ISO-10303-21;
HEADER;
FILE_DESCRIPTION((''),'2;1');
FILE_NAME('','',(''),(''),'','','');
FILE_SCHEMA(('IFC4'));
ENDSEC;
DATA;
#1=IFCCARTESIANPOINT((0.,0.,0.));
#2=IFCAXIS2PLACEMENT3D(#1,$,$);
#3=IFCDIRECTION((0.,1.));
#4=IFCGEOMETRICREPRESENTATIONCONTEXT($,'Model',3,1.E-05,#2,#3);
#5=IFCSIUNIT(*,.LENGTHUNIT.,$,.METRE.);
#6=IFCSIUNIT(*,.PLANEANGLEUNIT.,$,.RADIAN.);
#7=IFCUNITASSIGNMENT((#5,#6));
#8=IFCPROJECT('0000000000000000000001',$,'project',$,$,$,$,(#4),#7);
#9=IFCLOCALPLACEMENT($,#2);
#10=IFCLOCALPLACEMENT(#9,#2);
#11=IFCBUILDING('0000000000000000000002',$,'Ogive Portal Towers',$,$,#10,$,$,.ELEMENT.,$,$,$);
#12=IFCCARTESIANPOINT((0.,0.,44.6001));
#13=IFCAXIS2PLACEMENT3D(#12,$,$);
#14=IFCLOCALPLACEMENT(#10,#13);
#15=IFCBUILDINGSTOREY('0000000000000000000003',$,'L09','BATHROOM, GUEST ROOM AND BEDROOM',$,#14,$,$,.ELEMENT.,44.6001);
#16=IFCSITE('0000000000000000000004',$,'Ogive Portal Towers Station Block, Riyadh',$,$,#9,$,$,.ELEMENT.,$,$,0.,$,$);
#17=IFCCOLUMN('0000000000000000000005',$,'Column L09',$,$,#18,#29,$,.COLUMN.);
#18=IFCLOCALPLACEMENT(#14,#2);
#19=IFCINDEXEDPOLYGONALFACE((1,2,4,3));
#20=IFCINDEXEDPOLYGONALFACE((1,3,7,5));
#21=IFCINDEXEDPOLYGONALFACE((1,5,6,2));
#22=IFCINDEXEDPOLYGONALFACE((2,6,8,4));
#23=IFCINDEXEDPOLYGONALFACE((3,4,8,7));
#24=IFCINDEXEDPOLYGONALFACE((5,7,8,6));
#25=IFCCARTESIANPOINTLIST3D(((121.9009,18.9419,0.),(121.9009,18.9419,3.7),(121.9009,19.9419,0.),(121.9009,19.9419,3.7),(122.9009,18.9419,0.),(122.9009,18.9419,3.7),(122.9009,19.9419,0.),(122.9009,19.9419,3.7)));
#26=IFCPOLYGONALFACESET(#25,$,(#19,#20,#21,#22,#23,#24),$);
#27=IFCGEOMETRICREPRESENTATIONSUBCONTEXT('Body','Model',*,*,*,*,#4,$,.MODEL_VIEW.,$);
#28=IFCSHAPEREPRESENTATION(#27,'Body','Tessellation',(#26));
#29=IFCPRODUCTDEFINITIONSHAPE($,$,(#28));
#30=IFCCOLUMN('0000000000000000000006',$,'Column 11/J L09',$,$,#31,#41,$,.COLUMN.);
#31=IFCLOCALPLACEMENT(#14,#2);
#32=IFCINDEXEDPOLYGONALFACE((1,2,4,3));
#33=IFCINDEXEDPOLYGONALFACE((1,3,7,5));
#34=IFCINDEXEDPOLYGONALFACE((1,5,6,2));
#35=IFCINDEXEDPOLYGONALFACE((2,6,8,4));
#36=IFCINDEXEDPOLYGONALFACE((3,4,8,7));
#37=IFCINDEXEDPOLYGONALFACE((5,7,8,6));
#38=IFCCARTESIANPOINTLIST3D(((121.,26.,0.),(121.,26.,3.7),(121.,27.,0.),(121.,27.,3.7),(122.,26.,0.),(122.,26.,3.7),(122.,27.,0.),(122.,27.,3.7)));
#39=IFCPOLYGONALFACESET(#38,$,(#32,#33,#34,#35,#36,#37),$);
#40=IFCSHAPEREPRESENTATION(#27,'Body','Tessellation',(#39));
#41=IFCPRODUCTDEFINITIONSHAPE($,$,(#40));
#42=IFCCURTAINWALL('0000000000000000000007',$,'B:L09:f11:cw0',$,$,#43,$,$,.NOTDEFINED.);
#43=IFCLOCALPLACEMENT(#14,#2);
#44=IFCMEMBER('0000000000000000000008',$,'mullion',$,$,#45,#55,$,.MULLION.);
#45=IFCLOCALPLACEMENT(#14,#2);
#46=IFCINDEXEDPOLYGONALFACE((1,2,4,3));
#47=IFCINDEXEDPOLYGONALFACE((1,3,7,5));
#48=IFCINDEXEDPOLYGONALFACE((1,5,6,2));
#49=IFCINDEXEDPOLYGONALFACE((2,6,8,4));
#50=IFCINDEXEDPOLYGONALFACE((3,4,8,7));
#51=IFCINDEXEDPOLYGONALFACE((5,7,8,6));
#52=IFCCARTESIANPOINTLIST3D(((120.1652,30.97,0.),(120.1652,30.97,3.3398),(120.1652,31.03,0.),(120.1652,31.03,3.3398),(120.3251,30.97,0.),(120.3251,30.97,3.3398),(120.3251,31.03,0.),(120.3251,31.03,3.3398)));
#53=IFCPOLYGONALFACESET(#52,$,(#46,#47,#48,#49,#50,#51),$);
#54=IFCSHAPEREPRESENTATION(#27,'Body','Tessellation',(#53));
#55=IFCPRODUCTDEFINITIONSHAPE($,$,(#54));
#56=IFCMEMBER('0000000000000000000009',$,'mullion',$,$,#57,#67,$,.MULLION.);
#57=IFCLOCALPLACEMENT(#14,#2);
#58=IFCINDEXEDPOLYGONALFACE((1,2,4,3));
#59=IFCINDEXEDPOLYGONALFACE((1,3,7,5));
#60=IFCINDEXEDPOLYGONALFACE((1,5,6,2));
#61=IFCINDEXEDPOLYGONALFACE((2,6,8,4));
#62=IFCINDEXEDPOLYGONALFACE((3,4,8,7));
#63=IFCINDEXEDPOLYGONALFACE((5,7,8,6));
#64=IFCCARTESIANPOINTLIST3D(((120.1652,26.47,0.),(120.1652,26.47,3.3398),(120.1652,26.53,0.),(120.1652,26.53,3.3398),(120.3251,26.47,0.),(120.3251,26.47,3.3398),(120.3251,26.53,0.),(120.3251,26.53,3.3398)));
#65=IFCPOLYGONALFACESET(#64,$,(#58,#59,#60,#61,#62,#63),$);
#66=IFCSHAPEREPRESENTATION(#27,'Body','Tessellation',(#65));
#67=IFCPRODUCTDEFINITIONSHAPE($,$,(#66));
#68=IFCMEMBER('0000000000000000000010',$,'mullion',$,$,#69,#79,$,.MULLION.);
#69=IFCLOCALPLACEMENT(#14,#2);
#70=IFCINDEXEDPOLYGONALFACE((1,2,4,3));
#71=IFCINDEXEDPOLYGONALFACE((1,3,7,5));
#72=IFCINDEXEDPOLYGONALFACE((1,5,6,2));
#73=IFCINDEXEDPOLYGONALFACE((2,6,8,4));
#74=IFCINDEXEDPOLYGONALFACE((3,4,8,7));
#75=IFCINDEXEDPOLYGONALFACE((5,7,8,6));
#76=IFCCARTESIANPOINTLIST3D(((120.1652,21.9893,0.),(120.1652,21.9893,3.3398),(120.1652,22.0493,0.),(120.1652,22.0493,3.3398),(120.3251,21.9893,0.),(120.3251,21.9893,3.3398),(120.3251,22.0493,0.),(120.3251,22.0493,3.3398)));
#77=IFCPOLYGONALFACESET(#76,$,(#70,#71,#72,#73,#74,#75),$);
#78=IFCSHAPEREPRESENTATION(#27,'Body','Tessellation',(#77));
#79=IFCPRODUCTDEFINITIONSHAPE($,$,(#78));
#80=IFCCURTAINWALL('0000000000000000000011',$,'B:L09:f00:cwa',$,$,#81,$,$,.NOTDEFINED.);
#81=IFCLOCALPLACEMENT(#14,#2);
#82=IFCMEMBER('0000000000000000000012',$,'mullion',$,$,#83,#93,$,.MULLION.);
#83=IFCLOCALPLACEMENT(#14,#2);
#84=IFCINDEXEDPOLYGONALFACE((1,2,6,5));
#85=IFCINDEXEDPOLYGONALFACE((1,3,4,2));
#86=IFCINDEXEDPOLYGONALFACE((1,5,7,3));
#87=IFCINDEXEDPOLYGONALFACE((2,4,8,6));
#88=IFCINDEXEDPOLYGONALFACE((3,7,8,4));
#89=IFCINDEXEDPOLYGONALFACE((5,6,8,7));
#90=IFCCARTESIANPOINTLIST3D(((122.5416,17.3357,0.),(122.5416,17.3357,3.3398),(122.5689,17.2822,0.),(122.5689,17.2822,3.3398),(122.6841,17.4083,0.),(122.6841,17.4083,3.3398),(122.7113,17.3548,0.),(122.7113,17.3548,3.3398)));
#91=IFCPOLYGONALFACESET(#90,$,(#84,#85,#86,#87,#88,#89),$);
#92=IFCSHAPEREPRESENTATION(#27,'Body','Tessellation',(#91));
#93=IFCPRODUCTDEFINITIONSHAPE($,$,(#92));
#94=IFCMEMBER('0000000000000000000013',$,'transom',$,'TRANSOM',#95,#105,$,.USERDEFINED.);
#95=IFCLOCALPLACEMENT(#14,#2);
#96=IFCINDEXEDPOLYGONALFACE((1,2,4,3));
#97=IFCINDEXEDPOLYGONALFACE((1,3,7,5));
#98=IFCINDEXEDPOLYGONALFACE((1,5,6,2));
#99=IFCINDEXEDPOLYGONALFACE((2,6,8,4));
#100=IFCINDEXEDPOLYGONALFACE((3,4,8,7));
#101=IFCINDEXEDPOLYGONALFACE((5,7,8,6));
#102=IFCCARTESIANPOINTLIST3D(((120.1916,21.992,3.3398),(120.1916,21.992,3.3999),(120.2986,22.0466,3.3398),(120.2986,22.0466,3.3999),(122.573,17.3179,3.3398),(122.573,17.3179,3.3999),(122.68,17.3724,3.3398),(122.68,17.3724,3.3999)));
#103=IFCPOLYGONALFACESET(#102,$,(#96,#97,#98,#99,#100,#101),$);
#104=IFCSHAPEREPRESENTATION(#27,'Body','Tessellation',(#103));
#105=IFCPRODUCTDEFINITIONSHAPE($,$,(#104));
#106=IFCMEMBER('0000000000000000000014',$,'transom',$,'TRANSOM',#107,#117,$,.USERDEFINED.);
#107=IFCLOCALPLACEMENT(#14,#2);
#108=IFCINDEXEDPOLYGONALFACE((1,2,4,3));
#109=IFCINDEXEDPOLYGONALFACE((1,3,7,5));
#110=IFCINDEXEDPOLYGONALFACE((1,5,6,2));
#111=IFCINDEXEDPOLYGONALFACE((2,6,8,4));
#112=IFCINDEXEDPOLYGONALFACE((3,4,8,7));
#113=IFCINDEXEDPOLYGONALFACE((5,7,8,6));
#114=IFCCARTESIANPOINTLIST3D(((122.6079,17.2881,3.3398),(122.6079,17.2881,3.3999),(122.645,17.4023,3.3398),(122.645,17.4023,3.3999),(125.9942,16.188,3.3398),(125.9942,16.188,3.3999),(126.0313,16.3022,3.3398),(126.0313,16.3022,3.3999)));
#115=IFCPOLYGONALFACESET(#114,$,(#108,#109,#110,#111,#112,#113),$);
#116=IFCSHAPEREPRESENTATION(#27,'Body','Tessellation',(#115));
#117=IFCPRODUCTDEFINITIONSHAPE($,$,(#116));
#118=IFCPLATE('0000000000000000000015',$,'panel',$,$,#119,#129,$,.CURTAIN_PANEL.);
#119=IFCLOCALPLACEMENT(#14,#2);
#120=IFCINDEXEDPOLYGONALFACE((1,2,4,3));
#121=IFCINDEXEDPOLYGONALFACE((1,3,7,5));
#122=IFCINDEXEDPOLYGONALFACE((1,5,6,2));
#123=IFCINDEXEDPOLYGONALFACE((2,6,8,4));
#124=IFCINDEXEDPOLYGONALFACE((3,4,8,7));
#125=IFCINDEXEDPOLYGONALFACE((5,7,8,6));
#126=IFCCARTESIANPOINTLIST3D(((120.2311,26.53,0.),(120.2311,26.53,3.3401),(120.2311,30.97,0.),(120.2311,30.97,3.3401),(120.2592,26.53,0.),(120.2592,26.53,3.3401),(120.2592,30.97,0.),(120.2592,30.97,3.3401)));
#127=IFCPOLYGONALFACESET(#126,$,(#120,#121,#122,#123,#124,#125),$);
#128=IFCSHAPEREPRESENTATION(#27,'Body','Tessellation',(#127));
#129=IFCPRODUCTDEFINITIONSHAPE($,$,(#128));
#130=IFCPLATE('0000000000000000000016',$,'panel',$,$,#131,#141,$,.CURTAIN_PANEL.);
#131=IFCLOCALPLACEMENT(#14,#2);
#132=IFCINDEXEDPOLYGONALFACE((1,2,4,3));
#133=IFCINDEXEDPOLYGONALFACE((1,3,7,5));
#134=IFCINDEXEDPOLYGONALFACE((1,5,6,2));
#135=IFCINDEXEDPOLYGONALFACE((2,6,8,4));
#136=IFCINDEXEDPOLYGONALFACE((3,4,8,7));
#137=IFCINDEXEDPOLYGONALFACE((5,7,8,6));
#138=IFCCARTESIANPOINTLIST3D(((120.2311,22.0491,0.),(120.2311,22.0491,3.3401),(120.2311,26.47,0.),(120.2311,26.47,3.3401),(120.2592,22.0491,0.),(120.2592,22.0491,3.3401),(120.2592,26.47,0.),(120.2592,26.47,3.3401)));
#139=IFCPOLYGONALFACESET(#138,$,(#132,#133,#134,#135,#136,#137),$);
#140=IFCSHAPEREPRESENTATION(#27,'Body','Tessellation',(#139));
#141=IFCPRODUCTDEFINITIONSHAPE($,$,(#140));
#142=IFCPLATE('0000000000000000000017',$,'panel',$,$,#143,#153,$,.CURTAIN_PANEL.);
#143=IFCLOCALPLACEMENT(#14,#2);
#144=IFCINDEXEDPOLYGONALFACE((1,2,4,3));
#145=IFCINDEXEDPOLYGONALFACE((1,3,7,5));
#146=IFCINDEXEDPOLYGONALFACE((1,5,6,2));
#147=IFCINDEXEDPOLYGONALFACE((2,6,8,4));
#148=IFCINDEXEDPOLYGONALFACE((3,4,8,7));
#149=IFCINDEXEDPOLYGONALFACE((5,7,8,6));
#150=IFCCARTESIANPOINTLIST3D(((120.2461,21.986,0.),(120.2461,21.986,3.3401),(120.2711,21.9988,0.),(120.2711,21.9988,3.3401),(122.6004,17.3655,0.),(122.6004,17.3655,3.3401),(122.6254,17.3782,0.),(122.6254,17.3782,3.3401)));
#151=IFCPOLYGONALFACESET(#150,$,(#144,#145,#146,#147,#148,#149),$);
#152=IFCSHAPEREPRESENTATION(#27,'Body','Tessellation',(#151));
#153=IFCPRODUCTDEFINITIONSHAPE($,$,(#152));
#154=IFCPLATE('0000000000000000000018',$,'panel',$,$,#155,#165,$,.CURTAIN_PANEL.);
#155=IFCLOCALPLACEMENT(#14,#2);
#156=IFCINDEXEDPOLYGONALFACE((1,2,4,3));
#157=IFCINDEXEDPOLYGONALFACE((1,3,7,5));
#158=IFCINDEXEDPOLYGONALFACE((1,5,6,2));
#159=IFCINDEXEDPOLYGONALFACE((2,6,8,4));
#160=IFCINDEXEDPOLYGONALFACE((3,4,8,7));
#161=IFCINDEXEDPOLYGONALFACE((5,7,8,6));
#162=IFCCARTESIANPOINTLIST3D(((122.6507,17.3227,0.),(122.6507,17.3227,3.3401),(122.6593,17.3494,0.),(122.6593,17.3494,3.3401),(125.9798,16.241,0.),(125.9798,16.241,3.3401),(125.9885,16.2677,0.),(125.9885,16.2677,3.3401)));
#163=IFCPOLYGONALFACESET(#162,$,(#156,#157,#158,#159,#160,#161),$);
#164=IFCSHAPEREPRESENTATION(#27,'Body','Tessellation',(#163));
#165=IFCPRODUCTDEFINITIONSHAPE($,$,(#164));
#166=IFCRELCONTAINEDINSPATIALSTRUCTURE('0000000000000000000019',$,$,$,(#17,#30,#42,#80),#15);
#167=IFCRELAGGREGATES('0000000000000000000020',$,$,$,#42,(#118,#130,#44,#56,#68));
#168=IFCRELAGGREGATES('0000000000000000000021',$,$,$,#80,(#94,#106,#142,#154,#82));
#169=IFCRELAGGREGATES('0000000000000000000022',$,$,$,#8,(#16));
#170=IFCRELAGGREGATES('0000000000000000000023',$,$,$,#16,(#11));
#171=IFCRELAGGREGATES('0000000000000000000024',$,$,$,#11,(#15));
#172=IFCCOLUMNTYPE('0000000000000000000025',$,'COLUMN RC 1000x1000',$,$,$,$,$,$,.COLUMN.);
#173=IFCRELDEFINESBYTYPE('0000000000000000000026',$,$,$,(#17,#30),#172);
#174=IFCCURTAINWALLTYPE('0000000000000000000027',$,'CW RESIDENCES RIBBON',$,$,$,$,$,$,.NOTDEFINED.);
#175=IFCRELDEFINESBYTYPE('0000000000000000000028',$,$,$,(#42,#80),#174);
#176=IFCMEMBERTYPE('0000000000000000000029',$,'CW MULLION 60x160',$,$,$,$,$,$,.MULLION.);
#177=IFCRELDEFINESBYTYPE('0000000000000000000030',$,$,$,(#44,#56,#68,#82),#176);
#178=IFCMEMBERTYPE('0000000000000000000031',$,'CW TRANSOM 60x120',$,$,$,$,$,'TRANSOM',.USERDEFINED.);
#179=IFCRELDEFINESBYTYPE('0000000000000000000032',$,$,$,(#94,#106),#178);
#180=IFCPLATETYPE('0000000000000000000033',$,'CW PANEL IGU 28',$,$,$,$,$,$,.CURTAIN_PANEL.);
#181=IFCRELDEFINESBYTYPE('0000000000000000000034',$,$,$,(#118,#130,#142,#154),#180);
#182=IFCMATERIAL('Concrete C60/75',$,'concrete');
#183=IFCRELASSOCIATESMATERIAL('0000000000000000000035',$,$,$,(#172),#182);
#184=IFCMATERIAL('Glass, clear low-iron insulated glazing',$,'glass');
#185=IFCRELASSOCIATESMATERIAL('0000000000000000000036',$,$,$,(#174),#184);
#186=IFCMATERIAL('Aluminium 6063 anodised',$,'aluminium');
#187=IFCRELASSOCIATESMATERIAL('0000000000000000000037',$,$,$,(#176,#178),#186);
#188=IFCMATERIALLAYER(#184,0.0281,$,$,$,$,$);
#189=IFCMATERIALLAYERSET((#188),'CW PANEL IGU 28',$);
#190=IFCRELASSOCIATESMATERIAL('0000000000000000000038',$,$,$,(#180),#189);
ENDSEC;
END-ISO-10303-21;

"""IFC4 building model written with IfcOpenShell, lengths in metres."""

from ifc_helpers import new_model, si_unit, direction, frame, origin, origin_2d, place, context, subcontext, project, spatial, rectangle, extrude, material, layer, layer_set, material_profile, profile_set, type_object, element, aggregate, save


model = new_model("IFC4")

# Units and contexts
model_context = context("Model", 3, precision=1e-05, world=origin(), true_north=direction((0.0, 1.0)))
body_context = subcontext(model_context, "Body", "Model", "MODEL_VIEW")
ifc_project = project(units=[si_unit("LENGTHUNIT", "METRE"), si_unit("PLANEANGLEUNIT", "RADIAN")], contexts=[model_context])

# Site, building, storey
site_placement = place(None, origin())
site = spatial("IfcSite", under=ifc_project, at=site_placement, Name="Ogive Portal Towers Station Block, Riyadh", CompositionType="ELEMENT", RefElevation=0.0)
building_placement = place(site_placement, origin())
building = spatial("IfcBuilding", under=site, at=building_placement, Name="Ogive Portal Towers", CompositionType="ELEMENT")
storey_placement = place(building_placement, frame((0.0, 0.0, 44.6001)))
storey = spatial("IfcBuildingStorey", under=building, at=storey_placement, Name="L09", Description="BATHROOM, GUEST ROOM AND BEDROOM", CompositionType="ELEMENT", Elevation=44.6001)

# Columns
ifc_material_1 = material(Name="Concrete C60/75", Category="concrete")
ifc_material_profile_1 = material_profile(ifc_material_1, rectangle(XDim=1.0, YDim=1.0, at=origin_2d()), Name="RC 1000x1000")
ifc_profile_set_1 = profile_set([ifc_material_profile_1], Name="Concrete C60/75")
column_type = type_object("IfcColumnType", Name="COLUMN RC 1000x1000", PredefinedType="COLUMN", material=ifc_profile_set_1)
for number, where, z_axis, x_axis, name in (
    (1, (122.4009, 19.4419, 0.0), (0.0, 0.0, 1.0), (1.0, 0.0, 0.0), "Column L09"),
    (2, (121.5, 26.5, 0.0), (0.0, 0.0, 1.0), (1.0, 0.0, 0.0), "Column 11/J L09"),
):
    element("IfcColumn", number, at=place(storey_placement, frame(where, z_axis=z_axis, x_axis=x_axis)), inside=storey, type_object=column_type, Name=name, PredefinedType="COLUMN", context=body_context, shape_type="SweptSolid", body=[
        extrude(rectangle(XDim=1.0, YDim=1.0, at=origin_2d()), origin(), (0.0, 0.0, 1.0), 3.7),
    ])

# Curtain walls, members
ifc_material_2 = material(Name="Glass, clear low-iron insulated glazing", Category="glass")
curtain_wall_type = type_object("IfcCurtainWallType", Name="CW RESIDENCES RIBBON", PredefinedType="NOTDEFINED", material=ifc_material_2)
curtain_wall_1_placement = place(storey_placement, origin())
curtain_wall_1 = element("IfcCurtainWall", 3, at=curtain_wall_1_placement, inside=storey, type_object=curtain_wall_type, Name="B:L09:f11:cw0", PredefinedType="NOTDEFINED")
ifc_material_3 = material(Name="Aluminium 6063 anodised", Category="aluminium")
ifc_material_profile_2 = material_profile(ifc_material_3, rectangle(XDim=0.1599, YDim=0.0601, at=origin_2d()), Name="AL 60x160")
ifc_profile_set_2 = profile_set([ifc_material_profile_2], Name="Aluminium 6063 anodised")
member_type_1 = type_object("IfcMemberType", Name="CW MULLION 60x160", PredefinedType="MULLION", material=ifc_profile_set_2)
member_1_placement = place(storey_placement, frame((120.2451, 31.0, 0.0), z_axis=(0.0, 0.0, 1.0), x_axis=(1.0, 0.0, 0.0)))
member_1 = element("IfcMember", 4, at=member_1_placement, type_object=member_type_1, Name="mullion", PredefinedType="MULLION", context=body_context, shape_type="SweptSolid", body=[
    extrude(rectangle(XDim=0.1599, YDim=0.0601, at=origin_2d()), origin(), (0.0, 0.0, 1.0), 3.3398),
])
member_2_placement = place(storey_placement, frame((120.2451, 26.5, 0.0), z_axis=(0.0, 0.0, 1.0), x_axis=(1.0, 0.0, 0.0)))
member_2 = element("IfcMember", 5, at=member_2_placement, type_object=member_type_1, Name="mullion", PredefinedType="MULLION", context=body_context, shape_type="SweptSolid", body=[
    extrude(rectangle(XDim=0.1599, YDim=0.0601, at=origin_2d()), origin(), (0.0, 0.0, 1.0), 3.3398),
])
member_3_placement = place(storey_placement, frame((120.2451, 22.0193, 0.0), z_axis=(0.0, 0.0, 1.0), x_axis=(1.0, 0.0, 0.0)))
member_3 = element("IfcMember", 6, at=member_3_placement, type_object=member_type_1, Name="mullion", PredefinedType="MULLION", context=body_context, shape_type="SweptSolid", body=[
    extrude(rectangle(XDim=0.1599, YDim=0.0601, at=origin_2d()), origin(), (0.0, 0.0, 1.0), 3.3398),
])
curtain_wall_2_placement = place(storey_placement, origin())
curtain_wall_2 = element("IfcCurtainWall", 7, at=curtain_wall_2_placement, inside=storey, type_object=curtain_wall_type, Name="B:L09:f00:cwa", PredefinedType="NOTDEFINED")
member_4_placement = place(storey_placement, frame((122.6265, 17.3452, 0.0), z_axis=(0.0, 0.0, 1.0), x_axis=(0.891007, 0.45399, 0.0)))
member_4 = element("IfcMember", 8, at=member_4_placement, type_object=member_type_1, Name="mullion", PredefinedType="MULLION", context=body_context, shape_type="SweptSolid", body=[
    extrude(rectangle(XDim=0.1599, YDim=0.0601, at=origin_2d()), origin(), (0.0, 0.0, 1.0), 3.3398),
])
ifc_material_profile_3 = material_profile(ifc_material_3, rectangle(XDim=0.1201, YDim=0.0601, at=origin_2d()), Name="AL 120x60")
ifc_profile_set_3 = profile_set([ifc_material_profile_3], Name="Aluminium 6063 anodised")
member_type_2 = type_object("IfcMemberType", Name="CW TRANSOM 60x120", ElementType="TRANSOM", PredefinedType="USERDEFINED", material=ifc_profile_set_3)
member_5_placement = place(storey_placement, frame((120.2451, 22.0193, 3.3699), z_axis=(0.453959, -0.891023, 0.0), x_axis=(0.891023, 0.453959, 0.0)))
member_5 = element("IfcMember", 9, at=member_5_placement, type_object=member_type_2, Name="transom", ObjectType="TRANSOM", PredefinedType="USERDEFINED", context=body_context, shape_type="SweptSolid", body=[
    extrude(rectangle(XDim=0.1201, YDim=0.0601, at=origin_2d()), origin(), (0.0, 0.0, 1.0), 5.2458),
])
member_6_placement = place(storey_placement, frame((122.6265, 17.3452, 3.3699), z_axis=(0.951069, -0.308978, 0.0), x_axis=(0.308978, 0.951069, 0.0)))
member_6 = element("IfcMember", 10, at=member_6_placement, type_object=member_type_2, Name="transom", ObjectType="TRANSOM", PredefinedType="USERDEFINED", context=body_context, shape_type="SweptSolid", body=[
    extrude(rectangle(XDim=0.1201, YDim=0.0601, at=origin_2d()), origin(), (0.0, 0.0, 1.0), 3.5605),
])

# Plates
ifc_layer_1 = layer(ifc_material_2, 0.0281)
ifc_layer_set_1 = layer_set([ifc_layer_1], Name="CW PANEL IGU 28")
plate_type = type_object("IfcPlateType", Name="CW PANEL IGU 28", PredefinedType="CURTAIN_PANEL", material=ifc_layer_set_1)
plate_1_placement = place(storey_placement, frame((120.2451, 28.75, 0.0), z_axis=(0.0, 0.0, 1.0), x_axis=(0.0, -1.0, 0.0)))
plate_1 = element("IfcPlate", 11, at=plate_1_placement, type_object=plate_type, Name="panel", PredefinedType="CURTAIN_PANEL", context=body_context, shape_type="SweptSolid", body=[
    extrude(rectangle(XDim=4.4399, YDim=0.0281, at=origin_2d()), origin(), (0.0, 0.0, 1.0), 3.3401),
])
plate_2_placement = place(storey_placement, frame((120.2451, 24.2595, 0.0), z_axis=(0.0, 0.0, 1.0), x_axis=(0.0, -1.0, 0.0)))
plate_2 = element("IfcPlate", 12, at=plate_2_placement, type_object=plate_type, Name="panel", PredefinedType="CURTAIN_PANEL", context=body_context, shape_type="SweptSolid", body=[
    extrude(rectangle(XDim=4.4209, YDim=0.0281, at=origin_2d()), origin(), (0.0, 0.0, 1.0), 3.3401),
])
aggregate(curtain_wall_1, [plate_1, plate_2, member_1, member_2, member_3])
plate_3_placement = place(storey_placement, frame((121.4358, 19.6821, 0.0), z_axis=(0.0, 0.0, 1.0), x_axis=(0.45399, -0.891007, 0.0)))
plate_3 = element("IfcPlate", 13, at=plate_3_placement, type_object=plate_type, Name="panel", PredefinedType="CURTAIN_PANEL", context=body_context, shape_type="SweptSolid", body=[
    extrude(rectangle(XDim=5.1858, YDim=0.0281, at=origin_2d()), origin(), (0.0, 0.0, 1.0), 3.3401),
])
plate_4_placement = place(storey_placement, frame((124.3196, 16.7952, 0.0), z_axis=(0.0, 0.0, 1.0), x_axis=(0.951057, -0.309017, 0.0)))
plate_4 = element("IfcPlate", 14, at=plate_4_placement, type_object=plate_type, Name="panel", PredefinedType="CURTAIN_PANEL", context=body_context, shape_type="SweptSolid", body=[
    extrude(rectangle(XDim=3.5005, YDim=0.0281, at=origin_2d()), origin(), (0.0, 0.0, 1.0), 3.3401),
])
aggregate(curtain_wall_2, [member_5, member_6, plate_3, plate_4, member_4])

save(model, "model.ifc")
